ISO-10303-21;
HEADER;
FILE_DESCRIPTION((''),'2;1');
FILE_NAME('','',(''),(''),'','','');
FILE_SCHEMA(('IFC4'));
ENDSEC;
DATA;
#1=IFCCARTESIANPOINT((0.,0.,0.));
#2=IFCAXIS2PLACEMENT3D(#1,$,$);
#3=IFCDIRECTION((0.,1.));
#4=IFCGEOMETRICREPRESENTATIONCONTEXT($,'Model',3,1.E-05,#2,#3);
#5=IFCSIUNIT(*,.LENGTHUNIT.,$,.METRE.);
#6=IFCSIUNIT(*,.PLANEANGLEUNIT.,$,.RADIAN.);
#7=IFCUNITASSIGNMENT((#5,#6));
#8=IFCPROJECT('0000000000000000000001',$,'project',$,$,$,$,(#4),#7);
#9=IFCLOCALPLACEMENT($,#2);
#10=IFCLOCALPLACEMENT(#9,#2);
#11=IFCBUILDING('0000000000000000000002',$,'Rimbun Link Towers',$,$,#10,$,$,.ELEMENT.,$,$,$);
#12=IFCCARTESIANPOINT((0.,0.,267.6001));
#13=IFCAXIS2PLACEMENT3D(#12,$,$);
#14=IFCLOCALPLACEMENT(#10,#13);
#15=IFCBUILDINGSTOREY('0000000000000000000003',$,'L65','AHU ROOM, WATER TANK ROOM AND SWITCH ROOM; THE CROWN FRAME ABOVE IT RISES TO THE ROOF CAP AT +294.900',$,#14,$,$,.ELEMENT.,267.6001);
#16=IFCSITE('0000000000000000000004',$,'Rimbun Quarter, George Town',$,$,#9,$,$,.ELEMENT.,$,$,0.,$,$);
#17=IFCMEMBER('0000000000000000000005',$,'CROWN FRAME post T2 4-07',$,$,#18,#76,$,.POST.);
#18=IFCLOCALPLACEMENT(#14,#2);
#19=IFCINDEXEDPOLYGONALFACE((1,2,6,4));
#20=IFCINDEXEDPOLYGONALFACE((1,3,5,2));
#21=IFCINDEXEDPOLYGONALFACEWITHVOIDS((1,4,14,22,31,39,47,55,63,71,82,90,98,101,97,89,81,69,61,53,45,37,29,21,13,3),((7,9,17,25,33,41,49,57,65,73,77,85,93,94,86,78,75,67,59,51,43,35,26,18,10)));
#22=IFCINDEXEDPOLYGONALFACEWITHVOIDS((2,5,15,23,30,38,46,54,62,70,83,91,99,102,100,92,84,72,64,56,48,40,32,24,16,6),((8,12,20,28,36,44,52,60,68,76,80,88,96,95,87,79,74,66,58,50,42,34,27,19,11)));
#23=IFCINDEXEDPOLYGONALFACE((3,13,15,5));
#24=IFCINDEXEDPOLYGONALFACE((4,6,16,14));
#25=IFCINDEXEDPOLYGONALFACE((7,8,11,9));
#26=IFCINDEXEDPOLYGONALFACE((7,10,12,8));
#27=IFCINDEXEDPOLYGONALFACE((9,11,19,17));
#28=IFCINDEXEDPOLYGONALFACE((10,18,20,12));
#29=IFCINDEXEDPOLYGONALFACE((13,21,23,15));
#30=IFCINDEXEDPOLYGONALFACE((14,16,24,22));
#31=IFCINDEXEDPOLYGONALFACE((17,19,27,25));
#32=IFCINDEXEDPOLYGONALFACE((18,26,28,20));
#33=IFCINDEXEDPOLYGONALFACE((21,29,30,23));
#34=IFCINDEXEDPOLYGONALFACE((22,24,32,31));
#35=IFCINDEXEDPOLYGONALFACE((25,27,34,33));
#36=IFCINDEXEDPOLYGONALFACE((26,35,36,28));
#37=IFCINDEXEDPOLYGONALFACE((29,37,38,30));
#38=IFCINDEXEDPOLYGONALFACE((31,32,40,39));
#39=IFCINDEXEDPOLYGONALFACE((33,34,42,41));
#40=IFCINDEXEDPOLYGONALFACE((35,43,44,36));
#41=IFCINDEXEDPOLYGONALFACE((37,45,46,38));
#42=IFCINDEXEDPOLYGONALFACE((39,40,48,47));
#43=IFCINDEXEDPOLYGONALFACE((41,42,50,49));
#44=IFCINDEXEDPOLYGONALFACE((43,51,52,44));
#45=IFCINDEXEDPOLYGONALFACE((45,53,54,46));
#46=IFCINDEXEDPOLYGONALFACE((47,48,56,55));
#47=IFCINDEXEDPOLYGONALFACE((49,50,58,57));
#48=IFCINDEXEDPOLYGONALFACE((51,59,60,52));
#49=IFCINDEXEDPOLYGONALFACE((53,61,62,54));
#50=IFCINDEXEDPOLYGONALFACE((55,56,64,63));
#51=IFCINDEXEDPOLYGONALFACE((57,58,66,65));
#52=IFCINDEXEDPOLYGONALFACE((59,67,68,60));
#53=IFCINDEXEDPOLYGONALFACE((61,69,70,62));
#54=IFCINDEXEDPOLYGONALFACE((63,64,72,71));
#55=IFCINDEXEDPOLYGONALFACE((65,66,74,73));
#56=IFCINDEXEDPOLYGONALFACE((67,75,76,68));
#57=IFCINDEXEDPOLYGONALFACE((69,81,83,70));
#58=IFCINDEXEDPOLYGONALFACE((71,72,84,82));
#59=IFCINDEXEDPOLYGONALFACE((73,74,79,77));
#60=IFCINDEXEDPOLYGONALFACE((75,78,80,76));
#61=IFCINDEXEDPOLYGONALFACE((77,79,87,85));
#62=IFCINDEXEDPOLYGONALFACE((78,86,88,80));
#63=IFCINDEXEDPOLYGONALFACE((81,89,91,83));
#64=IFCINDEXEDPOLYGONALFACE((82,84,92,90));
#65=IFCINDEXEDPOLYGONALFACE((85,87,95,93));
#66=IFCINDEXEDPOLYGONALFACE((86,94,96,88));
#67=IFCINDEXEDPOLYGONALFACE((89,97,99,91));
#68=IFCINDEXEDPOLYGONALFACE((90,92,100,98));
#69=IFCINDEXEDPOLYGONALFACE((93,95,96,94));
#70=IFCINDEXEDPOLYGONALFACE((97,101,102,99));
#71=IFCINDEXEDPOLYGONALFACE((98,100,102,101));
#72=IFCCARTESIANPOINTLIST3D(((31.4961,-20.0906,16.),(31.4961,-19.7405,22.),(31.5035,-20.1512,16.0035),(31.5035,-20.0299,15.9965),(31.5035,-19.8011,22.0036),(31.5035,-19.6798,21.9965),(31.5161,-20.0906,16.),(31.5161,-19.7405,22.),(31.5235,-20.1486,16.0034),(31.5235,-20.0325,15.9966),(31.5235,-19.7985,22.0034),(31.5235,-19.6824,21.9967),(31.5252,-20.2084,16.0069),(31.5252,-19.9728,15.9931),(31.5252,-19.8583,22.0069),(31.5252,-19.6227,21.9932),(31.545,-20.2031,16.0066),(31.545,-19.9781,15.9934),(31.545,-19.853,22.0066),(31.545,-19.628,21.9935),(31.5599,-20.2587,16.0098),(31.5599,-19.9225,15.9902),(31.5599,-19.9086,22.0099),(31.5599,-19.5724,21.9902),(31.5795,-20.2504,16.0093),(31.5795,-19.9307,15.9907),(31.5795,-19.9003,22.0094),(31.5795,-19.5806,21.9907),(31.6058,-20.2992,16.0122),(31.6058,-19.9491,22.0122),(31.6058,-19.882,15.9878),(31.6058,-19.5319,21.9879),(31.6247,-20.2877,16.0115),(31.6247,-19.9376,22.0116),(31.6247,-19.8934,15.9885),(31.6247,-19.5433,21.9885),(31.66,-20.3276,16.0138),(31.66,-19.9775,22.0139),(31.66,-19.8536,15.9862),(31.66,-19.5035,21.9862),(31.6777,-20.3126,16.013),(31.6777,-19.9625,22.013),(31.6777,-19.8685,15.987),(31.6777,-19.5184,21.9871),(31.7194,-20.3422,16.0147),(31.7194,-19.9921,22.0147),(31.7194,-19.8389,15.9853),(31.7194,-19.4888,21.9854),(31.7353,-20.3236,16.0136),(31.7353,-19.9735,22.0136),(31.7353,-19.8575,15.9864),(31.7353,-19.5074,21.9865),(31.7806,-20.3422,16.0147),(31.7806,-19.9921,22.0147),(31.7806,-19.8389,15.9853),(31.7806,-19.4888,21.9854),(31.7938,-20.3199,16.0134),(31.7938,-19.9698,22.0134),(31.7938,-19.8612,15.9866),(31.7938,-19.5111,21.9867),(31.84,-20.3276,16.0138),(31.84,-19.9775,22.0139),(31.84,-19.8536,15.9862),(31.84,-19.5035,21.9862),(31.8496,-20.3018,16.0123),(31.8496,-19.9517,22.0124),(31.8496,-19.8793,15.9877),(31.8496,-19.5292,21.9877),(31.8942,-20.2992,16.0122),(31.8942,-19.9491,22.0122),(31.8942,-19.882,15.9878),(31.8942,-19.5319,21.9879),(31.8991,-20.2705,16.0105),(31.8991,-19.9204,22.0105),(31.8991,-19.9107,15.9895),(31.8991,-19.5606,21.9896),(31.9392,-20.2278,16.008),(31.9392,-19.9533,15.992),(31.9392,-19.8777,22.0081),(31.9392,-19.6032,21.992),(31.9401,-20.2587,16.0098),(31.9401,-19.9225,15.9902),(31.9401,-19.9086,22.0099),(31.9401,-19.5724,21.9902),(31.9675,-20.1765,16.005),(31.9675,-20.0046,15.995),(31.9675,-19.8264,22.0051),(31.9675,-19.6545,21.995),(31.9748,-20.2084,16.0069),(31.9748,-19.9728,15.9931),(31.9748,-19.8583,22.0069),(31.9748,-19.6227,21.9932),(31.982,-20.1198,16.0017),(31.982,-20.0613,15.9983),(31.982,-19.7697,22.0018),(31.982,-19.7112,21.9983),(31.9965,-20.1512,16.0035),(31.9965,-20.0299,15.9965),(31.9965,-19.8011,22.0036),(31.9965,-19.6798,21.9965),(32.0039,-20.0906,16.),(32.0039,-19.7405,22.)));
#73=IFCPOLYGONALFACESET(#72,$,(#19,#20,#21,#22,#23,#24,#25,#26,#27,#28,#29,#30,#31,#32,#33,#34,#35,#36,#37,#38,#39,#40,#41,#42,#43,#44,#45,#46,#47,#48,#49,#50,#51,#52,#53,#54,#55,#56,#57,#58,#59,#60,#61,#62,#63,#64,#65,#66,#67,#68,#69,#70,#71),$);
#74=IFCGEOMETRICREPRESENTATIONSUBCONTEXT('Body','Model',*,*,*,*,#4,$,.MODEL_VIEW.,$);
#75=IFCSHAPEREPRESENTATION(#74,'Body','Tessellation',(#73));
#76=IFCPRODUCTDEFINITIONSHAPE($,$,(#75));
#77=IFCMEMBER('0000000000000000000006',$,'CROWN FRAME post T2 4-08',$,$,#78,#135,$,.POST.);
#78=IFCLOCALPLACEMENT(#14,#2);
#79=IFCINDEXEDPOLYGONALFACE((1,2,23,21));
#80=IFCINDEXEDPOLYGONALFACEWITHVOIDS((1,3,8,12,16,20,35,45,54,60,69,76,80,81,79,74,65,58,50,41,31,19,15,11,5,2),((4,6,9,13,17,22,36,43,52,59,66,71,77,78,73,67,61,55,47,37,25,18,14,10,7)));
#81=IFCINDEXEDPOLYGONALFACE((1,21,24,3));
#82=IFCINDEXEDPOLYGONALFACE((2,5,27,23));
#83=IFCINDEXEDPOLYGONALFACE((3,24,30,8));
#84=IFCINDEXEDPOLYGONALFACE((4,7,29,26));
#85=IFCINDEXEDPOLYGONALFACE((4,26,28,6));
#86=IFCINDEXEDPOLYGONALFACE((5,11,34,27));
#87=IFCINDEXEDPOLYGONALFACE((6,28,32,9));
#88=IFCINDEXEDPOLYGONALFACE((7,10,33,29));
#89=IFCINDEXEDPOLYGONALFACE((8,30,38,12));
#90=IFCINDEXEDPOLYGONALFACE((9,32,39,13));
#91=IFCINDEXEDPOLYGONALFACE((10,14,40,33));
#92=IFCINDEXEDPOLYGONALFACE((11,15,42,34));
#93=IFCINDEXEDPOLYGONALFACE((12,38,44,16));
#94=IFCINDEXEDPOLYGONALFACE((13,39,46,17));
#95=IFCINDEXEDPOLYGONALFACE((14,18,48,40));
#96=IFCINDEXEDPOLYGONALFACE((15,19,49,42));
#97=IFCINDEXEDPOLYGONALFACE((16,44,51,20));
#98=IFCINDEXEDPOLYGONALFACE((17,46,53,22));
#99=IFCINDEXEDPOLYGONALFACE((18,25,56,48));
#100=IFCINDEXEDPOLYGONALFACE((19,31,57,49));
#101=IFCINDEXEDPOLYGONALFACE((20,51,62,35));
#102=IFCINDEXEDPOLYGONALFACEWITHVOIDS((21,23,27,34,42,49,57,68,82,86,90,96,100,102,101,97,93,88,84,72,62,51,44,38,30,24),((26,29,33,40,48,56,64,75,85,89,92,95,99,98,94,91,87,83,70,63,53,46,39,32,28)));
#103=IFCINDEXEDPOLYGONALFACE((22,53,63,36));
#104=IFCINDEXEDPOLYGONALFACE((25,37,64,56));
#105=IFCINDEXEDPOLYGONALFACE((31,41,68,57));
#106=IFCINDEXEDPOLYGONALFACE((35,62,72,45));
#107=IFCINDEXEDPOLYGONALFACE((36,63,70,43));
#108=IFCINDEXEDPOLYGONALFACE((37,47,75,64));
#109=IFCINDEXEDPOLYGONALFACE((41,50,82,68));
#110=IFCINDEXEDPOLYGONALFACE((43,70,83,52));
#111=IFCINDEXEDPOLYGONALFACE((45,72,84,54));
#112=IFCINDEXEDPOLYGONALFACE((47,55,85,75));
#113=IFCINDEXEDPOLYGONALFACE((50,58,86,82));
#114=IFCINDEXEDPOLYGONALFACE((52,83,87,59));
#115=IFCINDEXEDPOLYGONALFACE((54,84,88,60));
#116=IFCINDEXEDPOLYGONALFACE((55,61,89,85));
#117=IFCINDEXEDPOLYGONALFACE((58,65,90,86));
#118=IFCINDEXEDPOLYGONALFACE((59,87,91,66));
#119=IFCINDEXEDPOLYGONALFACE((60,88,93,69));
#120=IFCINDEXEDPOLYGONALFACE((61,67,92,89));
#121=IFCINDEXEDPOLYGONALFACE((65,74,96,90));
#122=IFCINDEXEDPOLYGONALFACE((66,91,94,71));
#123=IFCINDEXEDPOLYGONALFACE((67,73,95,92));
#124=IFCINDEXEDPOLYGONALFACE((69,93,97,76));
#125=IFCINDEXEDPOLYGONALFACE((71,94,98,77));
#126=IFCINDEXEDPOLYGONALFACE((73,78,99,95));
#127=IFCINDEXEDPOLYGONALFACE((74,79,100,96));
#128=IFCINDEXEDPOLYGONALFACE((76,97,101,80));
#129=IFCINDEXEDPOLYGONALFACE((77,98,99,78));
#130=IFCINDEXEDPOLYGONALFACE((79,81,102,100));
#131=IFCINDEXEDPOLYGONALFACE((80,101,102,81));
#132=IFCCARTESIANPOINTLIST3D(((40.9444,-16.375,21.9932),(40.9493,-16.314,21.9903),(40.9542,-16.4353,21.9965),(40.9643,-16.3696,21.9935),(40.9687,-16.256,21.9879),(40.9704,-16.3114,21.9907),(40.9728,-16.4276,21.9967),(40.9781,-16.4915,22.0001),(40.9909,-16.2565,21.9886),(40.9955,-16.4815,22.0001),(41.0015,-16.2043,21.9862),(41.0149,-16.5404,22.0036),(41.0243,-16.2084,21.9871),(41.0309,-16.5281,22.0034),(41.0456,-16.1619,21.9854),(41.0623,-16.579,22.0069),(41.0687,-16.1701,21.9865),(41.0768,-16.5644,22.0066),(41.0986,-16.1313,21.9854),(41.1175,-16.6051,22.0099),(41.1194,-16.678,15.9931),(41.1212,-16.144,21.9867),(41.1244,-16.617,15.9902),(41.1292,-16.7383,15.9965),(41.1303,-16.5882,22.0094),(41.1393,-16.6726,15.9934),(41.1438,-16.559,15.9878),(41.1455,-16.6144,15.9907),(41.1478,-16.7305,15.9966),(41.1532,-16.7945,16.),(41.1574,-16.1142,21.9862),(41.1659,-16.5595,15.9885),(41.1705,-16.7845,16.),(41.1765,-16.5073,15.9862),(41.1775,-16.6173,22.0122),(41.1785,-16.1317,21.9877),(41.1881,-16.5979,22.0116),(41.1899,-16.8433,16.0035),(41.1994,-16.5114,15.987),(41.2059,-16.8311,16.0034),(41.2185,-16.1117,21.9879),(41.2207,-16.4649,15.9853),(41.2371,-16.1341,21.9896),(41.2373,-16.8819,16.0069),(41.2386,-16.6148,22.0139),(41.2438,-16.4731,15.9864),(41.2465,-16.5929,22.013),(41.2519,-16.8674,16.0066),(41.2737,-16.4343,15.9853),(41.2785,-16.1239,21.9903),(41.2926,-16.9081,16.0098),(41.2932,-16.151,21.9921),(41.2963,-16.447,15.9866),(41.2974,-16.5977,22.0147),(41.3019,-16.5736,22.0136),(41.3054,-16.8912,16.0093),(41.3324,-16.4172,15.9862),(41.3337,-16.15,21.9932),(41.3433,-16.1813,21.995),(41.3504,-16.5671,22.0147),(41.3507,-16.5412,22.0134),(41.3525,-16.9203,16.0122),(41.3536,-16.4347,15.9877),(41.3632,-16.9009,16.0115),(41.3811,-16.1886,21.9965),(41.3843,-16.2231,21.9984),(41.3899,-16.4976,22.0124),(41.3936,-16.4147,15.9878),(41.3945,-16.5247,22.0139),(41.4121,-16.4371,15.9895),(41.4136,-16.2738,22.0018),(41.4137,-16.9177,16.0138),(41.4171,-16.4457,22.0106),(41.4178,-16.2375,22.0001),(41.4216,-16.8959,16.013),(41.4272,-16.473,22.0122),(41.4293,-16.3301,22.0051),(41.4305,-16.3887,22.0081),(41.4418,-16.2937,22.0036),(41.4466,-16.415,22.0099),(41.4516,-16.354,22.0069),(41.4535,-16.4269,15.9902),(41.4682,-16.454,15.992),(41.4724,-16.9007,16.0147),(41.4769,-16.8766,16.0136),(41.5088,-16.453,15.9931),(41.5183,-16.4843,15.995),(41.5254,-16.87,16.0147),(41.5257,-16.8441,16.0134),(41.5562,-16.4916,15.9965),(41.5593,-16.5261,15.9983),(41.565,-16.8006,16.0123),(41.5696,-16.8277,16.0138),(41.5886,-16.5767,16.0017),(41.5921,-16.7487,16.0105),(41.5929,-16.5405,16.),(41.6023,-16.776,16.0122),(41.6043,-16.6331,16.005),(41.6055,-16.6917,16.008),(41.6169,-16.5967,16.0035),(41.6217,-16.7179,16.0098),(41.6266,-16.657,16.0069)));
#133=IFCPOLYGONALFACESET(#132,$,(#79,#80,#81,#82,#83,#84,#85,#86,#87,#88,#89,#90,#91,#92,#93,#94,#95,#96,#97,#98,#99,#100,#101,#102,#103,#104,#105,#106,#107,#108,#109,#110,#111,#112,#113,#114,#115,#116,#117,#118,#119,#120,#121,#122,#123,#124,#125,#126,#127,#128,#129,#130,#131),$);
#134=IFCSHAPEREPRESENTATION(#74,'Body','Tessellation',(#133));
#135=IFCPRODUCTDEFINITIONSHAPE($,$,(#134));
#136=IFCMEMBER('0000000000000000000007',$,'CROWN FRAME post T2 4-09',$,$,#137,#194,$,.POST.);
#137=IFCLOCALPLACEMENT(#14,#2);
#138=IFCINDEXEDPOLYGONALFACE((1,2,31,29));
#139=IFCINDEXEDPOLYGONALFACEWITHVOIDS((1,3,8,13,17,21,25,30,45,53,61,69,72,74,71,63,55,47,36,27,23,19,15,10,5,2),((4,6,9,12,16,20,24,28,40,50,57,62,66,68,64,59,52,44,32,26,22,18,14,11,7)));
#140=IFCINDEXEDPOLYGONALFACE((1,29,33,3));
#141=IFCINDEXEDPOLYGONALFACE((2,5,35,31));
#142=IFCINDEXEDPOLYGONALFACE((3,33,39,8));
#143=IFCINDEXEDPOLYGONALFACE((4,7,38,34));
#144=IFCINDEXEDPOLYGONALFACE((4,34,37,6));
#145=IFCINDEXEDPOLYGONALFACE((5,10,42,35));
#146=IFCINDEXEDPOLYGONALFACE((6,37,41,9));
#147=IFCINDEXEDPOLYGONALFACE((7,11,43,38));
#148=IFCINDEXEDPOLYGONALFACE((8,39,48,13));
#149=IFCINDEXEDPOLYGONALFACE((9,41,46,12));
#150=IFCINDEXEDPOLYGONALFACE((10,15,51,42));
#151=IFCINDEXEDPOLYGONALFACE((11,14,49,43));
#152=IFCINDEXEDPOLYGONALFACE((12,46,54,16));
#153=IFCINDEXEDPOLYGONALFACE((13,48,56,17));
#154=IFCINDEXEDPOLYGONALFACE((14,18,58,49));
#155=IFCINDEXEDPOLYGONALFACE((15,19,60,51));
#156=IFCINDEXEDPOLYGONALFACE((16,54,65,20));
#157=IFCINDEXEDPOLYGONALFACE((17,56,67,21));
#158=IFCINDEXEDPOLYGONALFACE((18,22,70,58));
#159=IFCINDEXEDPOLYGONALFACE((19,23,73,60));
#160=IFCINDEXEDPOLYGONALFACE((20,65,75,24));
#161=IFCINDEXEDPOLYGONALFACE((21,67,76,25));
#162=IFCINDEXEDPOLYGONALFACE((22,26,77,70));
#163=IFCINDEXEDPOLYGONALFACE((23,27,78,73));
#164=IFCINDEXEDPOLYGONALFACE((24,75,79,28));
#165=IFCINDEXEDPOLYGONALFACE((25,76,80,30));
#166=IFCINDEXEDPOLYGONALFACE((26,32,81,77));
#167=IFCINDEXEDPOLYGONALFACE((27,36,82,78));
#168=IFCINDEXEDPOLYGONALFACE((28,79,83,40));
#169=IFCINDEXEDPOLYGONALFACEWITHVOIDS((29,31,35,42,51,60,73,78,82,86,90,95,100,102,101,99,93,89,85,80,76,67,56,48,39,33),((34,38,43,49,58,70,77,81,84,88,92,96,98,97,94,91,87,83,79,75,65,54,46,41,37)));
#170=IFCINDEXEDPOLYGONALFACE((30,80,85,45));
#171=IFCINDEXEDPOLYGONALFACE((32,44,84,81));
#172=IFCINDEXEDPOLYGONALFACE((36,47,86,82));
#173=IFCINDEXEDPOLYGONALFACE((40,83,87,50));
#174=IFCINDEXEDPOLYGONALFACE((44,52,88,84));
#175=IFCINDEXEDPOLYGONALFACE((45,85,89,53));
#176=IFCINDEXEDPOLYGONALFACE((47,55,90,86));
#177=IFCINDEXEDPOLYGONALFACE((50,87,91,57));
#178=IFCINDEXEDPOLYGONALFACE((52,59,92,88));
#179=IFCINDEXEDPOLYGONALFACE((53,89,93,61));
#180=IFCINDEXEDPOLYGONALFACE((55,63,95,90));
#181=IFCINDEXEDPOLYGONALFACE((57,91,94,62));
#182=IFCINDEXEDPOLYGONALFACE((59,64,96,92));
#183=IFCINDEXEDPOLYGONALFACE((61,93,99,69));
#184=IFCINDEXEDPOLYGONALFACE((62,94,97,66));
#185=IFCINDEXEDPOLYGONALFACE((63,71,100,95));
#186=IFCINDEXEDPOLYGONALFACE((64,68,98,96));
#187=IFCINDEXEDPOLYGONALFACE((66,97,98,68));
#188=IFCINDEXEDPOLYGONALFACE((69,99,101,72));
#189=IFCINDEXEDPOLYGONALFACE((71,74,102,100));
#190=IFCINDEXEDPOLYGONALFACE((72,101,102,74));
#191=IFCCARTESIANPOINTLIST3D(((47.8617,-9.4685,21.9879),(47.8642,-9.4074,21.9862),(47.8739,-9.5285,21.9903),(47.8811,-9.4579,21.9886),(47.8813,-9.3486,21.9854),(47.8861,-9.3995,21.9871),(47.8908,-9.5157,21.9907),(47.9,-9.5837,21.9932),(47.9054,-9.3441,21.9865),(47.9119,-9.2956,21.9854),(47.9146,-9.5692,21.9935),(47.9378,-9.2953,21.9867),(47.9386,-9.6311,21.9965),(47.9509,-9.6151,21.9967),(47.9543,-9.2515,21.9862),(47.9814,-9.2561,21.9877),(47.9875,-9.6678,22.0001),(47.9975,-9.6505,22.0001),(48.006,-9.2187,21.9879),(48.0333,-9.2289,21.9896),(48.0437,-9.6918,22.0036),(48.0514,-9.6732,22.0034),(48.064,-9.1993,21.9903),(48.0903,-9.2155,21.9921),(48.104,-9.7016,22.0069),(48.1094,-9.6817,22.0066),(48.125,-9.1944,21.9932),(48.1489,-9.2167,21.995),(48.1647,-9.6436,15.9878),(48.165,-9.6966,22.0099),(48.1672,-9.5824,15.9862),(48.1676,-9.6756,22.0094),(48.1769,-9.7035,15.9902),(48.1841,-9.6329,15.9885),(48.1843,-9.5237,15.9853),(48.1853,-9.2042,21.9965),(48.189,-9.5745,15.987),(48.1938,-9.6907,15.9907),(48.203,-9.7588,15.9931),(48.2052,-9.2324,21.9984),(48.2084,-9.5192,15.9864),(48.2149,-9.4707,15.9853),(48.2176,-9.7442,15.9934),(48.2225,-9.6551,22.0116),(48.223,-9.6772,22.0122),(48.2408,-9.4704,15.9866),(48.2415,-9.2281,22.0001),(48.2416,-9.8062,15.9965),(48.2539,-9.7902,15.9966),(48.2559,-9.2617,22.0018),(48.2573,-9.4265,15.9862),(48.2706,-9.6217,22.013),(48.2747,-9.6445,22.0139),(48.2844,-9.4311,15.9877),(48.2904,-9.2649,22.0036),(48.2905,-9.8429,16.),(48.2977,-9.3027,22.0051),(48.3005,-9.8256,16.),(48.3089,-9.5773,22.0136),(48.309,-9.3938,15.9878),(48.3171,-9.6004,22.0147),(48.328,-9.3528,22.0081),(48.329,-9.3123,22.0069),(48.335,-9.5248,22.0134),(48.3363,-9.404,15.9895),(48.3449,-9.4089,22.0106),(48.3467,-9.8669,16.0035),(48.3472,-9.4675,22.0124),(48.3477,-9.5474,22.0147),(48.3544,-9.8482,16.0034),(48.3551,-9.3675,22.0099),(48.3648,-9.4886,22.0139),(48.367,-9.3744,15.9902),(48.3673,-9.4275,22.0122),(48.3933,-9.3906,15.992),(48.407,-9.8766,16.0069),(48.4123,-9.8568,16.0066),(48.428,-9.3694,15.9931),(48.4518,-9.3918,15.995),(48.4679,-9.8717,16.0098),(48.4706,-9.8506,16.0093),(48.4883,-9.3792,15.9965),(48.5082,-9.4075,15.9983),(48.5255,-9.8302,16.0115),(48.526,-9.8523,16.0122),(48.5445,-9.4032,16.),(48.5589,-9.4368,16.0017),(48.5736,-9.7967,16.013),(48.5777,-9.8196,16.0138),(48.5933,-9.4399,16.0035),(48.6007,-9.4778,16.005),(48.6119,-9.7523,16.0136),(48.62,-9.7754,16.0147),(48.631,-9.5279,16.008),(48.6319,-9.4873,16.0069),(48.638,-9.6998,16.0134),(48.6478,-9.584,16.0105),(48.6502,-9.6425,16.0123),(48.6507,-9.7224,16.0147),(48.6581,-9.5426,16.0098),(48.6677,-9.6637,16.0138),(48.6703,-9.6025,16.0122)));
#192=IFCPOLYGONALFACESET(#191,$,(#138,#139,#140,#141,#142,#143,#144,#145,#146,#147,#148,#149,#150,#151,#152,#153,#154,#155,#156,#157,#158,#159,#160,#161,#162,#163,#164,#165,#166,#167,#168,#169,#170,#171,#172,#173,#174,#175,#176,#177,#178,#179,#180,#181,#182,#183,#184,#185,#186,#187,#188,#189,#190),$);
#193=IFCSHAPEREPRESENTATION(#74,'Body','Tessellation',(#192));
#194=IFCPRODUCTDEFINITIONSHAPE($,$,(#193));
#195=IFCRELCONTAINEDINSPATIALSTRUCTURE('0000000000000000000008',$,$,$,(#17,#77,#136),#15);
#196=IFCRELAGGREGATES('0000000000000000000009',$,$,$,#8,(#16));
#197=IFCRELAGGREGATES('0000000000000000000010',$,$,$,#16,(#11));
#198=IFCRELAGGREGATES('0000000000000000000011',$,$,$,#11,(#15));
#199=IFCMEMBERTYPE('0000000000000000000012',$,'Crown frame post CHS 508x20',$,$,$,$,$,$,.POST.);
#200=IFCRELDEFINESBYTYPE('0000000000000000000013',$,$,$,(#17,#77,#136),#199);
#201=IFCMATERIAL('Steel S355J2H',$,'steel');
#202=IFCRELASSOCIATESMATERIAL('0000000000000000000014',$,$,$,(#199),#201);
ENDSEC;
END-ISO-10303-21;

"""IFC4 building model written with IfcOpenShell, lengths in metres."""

from ifc_helpers import new_model, si_unit, direction, frame, origin, origin_2d, place, context, subcontext, project, spatial, hollow_circle, extrude, material, material_profile, profile_set, type_object, element, save


model = new_model("IFC4")

# Units and contexts
model_context = context("Model", 3, precision=1e-05, world=origin(), true_north=direction((0.0, 1.0)))
body_context = subcontext(model_context, "Body", "Model", "MODEL_VIEW")
ifc_project = project(units=[si_unit("LENGTHUNIT", "METRE"), si_unit("PLANEANGLEUNIT", "RADIAN")], contexts=[model_context])

# Site, building, storey
site_placement = place(None, origin())
site = spatial("IfcSite", under=ifc_project, at=site_placement, Name="Rimbun Quarter, George Town", CompositionType="ELEMENT", RefElevation=0.0)
building_placement = place(site_placement, origin())
building = spatial("IfcBuilding", under=site, at=building_placement, Name="Rimbun Link Towers", CompositionType="ELEMENT")
storey_placement = place(building_placement, frame((0.0, 0.0, 267.6001)))
storey = spatial("IfcBuildingStorey", under=building, at=storey_placement, Name="L65", Description="AHU ROOM, WATER TANK ROOM AND SWITCH ROOM; THE CROWN FRAME ABOVE IT RISES TO THE ROOF CAP AT +294.900", CompositionType="ELEMENT", Elevation=267.6001)

# Members
ifc_material_1 = material(Name="Steel S355J2H", Category="steel")
ifc_material_profile_1 = material_profile(ifc_material_1, hollow_circle(Radius=0.2539, WallThickness=0.02, at=origin_2d()), Name="Crown frame post CHS 508x20")
ifc_profile_set_1 = profile_set([ifc_material_profile_1], Name="Steel S355J2H")
member_type_1 = type_object("IfcMemberType", Name="Crown frame post CHS 508x20", PredefinedType="POST", material=ifc_profile_set_1)
for number, where, z_axis, x_axis, name in (
    (1, (31.75, -20.0906, 16.0), (0.0, 0.058251, 0.998302), (-1.0, 0.0, 0.0), "CROWN FRAME post T2 4-07"),
    (2, (41.373, -16.6675, 16.0), (-0.029125, 0.050411, 0.998304), (-0.865872, -0.500266, 0.0), "CROWN FRAME post T2 4-08"),
    (3, (48.4175, -9.623, 16.0), (-0.050411, 0.029125, 0.998304), (-0.500266, -0.865872, 0.0), "CROWN FRAME post T2 4-09"),
):
    element("IfcMember", number, at=place(storey_placement, frame(where, z_axis=z_axis, x_axis=x_axis)), inside=storey, type_object=member_type_1, Name=name, PredefinedType="POST", context=body_context, shape_type="SweptSolid", body=[
        extrude(hollow_circle(Radius=0.2539, WallThickness=0.02, at=origin_2d()), origin(), (0.0, 0.0, 1.0), 6.0103),
    ])

save(model, "model.ifc")
